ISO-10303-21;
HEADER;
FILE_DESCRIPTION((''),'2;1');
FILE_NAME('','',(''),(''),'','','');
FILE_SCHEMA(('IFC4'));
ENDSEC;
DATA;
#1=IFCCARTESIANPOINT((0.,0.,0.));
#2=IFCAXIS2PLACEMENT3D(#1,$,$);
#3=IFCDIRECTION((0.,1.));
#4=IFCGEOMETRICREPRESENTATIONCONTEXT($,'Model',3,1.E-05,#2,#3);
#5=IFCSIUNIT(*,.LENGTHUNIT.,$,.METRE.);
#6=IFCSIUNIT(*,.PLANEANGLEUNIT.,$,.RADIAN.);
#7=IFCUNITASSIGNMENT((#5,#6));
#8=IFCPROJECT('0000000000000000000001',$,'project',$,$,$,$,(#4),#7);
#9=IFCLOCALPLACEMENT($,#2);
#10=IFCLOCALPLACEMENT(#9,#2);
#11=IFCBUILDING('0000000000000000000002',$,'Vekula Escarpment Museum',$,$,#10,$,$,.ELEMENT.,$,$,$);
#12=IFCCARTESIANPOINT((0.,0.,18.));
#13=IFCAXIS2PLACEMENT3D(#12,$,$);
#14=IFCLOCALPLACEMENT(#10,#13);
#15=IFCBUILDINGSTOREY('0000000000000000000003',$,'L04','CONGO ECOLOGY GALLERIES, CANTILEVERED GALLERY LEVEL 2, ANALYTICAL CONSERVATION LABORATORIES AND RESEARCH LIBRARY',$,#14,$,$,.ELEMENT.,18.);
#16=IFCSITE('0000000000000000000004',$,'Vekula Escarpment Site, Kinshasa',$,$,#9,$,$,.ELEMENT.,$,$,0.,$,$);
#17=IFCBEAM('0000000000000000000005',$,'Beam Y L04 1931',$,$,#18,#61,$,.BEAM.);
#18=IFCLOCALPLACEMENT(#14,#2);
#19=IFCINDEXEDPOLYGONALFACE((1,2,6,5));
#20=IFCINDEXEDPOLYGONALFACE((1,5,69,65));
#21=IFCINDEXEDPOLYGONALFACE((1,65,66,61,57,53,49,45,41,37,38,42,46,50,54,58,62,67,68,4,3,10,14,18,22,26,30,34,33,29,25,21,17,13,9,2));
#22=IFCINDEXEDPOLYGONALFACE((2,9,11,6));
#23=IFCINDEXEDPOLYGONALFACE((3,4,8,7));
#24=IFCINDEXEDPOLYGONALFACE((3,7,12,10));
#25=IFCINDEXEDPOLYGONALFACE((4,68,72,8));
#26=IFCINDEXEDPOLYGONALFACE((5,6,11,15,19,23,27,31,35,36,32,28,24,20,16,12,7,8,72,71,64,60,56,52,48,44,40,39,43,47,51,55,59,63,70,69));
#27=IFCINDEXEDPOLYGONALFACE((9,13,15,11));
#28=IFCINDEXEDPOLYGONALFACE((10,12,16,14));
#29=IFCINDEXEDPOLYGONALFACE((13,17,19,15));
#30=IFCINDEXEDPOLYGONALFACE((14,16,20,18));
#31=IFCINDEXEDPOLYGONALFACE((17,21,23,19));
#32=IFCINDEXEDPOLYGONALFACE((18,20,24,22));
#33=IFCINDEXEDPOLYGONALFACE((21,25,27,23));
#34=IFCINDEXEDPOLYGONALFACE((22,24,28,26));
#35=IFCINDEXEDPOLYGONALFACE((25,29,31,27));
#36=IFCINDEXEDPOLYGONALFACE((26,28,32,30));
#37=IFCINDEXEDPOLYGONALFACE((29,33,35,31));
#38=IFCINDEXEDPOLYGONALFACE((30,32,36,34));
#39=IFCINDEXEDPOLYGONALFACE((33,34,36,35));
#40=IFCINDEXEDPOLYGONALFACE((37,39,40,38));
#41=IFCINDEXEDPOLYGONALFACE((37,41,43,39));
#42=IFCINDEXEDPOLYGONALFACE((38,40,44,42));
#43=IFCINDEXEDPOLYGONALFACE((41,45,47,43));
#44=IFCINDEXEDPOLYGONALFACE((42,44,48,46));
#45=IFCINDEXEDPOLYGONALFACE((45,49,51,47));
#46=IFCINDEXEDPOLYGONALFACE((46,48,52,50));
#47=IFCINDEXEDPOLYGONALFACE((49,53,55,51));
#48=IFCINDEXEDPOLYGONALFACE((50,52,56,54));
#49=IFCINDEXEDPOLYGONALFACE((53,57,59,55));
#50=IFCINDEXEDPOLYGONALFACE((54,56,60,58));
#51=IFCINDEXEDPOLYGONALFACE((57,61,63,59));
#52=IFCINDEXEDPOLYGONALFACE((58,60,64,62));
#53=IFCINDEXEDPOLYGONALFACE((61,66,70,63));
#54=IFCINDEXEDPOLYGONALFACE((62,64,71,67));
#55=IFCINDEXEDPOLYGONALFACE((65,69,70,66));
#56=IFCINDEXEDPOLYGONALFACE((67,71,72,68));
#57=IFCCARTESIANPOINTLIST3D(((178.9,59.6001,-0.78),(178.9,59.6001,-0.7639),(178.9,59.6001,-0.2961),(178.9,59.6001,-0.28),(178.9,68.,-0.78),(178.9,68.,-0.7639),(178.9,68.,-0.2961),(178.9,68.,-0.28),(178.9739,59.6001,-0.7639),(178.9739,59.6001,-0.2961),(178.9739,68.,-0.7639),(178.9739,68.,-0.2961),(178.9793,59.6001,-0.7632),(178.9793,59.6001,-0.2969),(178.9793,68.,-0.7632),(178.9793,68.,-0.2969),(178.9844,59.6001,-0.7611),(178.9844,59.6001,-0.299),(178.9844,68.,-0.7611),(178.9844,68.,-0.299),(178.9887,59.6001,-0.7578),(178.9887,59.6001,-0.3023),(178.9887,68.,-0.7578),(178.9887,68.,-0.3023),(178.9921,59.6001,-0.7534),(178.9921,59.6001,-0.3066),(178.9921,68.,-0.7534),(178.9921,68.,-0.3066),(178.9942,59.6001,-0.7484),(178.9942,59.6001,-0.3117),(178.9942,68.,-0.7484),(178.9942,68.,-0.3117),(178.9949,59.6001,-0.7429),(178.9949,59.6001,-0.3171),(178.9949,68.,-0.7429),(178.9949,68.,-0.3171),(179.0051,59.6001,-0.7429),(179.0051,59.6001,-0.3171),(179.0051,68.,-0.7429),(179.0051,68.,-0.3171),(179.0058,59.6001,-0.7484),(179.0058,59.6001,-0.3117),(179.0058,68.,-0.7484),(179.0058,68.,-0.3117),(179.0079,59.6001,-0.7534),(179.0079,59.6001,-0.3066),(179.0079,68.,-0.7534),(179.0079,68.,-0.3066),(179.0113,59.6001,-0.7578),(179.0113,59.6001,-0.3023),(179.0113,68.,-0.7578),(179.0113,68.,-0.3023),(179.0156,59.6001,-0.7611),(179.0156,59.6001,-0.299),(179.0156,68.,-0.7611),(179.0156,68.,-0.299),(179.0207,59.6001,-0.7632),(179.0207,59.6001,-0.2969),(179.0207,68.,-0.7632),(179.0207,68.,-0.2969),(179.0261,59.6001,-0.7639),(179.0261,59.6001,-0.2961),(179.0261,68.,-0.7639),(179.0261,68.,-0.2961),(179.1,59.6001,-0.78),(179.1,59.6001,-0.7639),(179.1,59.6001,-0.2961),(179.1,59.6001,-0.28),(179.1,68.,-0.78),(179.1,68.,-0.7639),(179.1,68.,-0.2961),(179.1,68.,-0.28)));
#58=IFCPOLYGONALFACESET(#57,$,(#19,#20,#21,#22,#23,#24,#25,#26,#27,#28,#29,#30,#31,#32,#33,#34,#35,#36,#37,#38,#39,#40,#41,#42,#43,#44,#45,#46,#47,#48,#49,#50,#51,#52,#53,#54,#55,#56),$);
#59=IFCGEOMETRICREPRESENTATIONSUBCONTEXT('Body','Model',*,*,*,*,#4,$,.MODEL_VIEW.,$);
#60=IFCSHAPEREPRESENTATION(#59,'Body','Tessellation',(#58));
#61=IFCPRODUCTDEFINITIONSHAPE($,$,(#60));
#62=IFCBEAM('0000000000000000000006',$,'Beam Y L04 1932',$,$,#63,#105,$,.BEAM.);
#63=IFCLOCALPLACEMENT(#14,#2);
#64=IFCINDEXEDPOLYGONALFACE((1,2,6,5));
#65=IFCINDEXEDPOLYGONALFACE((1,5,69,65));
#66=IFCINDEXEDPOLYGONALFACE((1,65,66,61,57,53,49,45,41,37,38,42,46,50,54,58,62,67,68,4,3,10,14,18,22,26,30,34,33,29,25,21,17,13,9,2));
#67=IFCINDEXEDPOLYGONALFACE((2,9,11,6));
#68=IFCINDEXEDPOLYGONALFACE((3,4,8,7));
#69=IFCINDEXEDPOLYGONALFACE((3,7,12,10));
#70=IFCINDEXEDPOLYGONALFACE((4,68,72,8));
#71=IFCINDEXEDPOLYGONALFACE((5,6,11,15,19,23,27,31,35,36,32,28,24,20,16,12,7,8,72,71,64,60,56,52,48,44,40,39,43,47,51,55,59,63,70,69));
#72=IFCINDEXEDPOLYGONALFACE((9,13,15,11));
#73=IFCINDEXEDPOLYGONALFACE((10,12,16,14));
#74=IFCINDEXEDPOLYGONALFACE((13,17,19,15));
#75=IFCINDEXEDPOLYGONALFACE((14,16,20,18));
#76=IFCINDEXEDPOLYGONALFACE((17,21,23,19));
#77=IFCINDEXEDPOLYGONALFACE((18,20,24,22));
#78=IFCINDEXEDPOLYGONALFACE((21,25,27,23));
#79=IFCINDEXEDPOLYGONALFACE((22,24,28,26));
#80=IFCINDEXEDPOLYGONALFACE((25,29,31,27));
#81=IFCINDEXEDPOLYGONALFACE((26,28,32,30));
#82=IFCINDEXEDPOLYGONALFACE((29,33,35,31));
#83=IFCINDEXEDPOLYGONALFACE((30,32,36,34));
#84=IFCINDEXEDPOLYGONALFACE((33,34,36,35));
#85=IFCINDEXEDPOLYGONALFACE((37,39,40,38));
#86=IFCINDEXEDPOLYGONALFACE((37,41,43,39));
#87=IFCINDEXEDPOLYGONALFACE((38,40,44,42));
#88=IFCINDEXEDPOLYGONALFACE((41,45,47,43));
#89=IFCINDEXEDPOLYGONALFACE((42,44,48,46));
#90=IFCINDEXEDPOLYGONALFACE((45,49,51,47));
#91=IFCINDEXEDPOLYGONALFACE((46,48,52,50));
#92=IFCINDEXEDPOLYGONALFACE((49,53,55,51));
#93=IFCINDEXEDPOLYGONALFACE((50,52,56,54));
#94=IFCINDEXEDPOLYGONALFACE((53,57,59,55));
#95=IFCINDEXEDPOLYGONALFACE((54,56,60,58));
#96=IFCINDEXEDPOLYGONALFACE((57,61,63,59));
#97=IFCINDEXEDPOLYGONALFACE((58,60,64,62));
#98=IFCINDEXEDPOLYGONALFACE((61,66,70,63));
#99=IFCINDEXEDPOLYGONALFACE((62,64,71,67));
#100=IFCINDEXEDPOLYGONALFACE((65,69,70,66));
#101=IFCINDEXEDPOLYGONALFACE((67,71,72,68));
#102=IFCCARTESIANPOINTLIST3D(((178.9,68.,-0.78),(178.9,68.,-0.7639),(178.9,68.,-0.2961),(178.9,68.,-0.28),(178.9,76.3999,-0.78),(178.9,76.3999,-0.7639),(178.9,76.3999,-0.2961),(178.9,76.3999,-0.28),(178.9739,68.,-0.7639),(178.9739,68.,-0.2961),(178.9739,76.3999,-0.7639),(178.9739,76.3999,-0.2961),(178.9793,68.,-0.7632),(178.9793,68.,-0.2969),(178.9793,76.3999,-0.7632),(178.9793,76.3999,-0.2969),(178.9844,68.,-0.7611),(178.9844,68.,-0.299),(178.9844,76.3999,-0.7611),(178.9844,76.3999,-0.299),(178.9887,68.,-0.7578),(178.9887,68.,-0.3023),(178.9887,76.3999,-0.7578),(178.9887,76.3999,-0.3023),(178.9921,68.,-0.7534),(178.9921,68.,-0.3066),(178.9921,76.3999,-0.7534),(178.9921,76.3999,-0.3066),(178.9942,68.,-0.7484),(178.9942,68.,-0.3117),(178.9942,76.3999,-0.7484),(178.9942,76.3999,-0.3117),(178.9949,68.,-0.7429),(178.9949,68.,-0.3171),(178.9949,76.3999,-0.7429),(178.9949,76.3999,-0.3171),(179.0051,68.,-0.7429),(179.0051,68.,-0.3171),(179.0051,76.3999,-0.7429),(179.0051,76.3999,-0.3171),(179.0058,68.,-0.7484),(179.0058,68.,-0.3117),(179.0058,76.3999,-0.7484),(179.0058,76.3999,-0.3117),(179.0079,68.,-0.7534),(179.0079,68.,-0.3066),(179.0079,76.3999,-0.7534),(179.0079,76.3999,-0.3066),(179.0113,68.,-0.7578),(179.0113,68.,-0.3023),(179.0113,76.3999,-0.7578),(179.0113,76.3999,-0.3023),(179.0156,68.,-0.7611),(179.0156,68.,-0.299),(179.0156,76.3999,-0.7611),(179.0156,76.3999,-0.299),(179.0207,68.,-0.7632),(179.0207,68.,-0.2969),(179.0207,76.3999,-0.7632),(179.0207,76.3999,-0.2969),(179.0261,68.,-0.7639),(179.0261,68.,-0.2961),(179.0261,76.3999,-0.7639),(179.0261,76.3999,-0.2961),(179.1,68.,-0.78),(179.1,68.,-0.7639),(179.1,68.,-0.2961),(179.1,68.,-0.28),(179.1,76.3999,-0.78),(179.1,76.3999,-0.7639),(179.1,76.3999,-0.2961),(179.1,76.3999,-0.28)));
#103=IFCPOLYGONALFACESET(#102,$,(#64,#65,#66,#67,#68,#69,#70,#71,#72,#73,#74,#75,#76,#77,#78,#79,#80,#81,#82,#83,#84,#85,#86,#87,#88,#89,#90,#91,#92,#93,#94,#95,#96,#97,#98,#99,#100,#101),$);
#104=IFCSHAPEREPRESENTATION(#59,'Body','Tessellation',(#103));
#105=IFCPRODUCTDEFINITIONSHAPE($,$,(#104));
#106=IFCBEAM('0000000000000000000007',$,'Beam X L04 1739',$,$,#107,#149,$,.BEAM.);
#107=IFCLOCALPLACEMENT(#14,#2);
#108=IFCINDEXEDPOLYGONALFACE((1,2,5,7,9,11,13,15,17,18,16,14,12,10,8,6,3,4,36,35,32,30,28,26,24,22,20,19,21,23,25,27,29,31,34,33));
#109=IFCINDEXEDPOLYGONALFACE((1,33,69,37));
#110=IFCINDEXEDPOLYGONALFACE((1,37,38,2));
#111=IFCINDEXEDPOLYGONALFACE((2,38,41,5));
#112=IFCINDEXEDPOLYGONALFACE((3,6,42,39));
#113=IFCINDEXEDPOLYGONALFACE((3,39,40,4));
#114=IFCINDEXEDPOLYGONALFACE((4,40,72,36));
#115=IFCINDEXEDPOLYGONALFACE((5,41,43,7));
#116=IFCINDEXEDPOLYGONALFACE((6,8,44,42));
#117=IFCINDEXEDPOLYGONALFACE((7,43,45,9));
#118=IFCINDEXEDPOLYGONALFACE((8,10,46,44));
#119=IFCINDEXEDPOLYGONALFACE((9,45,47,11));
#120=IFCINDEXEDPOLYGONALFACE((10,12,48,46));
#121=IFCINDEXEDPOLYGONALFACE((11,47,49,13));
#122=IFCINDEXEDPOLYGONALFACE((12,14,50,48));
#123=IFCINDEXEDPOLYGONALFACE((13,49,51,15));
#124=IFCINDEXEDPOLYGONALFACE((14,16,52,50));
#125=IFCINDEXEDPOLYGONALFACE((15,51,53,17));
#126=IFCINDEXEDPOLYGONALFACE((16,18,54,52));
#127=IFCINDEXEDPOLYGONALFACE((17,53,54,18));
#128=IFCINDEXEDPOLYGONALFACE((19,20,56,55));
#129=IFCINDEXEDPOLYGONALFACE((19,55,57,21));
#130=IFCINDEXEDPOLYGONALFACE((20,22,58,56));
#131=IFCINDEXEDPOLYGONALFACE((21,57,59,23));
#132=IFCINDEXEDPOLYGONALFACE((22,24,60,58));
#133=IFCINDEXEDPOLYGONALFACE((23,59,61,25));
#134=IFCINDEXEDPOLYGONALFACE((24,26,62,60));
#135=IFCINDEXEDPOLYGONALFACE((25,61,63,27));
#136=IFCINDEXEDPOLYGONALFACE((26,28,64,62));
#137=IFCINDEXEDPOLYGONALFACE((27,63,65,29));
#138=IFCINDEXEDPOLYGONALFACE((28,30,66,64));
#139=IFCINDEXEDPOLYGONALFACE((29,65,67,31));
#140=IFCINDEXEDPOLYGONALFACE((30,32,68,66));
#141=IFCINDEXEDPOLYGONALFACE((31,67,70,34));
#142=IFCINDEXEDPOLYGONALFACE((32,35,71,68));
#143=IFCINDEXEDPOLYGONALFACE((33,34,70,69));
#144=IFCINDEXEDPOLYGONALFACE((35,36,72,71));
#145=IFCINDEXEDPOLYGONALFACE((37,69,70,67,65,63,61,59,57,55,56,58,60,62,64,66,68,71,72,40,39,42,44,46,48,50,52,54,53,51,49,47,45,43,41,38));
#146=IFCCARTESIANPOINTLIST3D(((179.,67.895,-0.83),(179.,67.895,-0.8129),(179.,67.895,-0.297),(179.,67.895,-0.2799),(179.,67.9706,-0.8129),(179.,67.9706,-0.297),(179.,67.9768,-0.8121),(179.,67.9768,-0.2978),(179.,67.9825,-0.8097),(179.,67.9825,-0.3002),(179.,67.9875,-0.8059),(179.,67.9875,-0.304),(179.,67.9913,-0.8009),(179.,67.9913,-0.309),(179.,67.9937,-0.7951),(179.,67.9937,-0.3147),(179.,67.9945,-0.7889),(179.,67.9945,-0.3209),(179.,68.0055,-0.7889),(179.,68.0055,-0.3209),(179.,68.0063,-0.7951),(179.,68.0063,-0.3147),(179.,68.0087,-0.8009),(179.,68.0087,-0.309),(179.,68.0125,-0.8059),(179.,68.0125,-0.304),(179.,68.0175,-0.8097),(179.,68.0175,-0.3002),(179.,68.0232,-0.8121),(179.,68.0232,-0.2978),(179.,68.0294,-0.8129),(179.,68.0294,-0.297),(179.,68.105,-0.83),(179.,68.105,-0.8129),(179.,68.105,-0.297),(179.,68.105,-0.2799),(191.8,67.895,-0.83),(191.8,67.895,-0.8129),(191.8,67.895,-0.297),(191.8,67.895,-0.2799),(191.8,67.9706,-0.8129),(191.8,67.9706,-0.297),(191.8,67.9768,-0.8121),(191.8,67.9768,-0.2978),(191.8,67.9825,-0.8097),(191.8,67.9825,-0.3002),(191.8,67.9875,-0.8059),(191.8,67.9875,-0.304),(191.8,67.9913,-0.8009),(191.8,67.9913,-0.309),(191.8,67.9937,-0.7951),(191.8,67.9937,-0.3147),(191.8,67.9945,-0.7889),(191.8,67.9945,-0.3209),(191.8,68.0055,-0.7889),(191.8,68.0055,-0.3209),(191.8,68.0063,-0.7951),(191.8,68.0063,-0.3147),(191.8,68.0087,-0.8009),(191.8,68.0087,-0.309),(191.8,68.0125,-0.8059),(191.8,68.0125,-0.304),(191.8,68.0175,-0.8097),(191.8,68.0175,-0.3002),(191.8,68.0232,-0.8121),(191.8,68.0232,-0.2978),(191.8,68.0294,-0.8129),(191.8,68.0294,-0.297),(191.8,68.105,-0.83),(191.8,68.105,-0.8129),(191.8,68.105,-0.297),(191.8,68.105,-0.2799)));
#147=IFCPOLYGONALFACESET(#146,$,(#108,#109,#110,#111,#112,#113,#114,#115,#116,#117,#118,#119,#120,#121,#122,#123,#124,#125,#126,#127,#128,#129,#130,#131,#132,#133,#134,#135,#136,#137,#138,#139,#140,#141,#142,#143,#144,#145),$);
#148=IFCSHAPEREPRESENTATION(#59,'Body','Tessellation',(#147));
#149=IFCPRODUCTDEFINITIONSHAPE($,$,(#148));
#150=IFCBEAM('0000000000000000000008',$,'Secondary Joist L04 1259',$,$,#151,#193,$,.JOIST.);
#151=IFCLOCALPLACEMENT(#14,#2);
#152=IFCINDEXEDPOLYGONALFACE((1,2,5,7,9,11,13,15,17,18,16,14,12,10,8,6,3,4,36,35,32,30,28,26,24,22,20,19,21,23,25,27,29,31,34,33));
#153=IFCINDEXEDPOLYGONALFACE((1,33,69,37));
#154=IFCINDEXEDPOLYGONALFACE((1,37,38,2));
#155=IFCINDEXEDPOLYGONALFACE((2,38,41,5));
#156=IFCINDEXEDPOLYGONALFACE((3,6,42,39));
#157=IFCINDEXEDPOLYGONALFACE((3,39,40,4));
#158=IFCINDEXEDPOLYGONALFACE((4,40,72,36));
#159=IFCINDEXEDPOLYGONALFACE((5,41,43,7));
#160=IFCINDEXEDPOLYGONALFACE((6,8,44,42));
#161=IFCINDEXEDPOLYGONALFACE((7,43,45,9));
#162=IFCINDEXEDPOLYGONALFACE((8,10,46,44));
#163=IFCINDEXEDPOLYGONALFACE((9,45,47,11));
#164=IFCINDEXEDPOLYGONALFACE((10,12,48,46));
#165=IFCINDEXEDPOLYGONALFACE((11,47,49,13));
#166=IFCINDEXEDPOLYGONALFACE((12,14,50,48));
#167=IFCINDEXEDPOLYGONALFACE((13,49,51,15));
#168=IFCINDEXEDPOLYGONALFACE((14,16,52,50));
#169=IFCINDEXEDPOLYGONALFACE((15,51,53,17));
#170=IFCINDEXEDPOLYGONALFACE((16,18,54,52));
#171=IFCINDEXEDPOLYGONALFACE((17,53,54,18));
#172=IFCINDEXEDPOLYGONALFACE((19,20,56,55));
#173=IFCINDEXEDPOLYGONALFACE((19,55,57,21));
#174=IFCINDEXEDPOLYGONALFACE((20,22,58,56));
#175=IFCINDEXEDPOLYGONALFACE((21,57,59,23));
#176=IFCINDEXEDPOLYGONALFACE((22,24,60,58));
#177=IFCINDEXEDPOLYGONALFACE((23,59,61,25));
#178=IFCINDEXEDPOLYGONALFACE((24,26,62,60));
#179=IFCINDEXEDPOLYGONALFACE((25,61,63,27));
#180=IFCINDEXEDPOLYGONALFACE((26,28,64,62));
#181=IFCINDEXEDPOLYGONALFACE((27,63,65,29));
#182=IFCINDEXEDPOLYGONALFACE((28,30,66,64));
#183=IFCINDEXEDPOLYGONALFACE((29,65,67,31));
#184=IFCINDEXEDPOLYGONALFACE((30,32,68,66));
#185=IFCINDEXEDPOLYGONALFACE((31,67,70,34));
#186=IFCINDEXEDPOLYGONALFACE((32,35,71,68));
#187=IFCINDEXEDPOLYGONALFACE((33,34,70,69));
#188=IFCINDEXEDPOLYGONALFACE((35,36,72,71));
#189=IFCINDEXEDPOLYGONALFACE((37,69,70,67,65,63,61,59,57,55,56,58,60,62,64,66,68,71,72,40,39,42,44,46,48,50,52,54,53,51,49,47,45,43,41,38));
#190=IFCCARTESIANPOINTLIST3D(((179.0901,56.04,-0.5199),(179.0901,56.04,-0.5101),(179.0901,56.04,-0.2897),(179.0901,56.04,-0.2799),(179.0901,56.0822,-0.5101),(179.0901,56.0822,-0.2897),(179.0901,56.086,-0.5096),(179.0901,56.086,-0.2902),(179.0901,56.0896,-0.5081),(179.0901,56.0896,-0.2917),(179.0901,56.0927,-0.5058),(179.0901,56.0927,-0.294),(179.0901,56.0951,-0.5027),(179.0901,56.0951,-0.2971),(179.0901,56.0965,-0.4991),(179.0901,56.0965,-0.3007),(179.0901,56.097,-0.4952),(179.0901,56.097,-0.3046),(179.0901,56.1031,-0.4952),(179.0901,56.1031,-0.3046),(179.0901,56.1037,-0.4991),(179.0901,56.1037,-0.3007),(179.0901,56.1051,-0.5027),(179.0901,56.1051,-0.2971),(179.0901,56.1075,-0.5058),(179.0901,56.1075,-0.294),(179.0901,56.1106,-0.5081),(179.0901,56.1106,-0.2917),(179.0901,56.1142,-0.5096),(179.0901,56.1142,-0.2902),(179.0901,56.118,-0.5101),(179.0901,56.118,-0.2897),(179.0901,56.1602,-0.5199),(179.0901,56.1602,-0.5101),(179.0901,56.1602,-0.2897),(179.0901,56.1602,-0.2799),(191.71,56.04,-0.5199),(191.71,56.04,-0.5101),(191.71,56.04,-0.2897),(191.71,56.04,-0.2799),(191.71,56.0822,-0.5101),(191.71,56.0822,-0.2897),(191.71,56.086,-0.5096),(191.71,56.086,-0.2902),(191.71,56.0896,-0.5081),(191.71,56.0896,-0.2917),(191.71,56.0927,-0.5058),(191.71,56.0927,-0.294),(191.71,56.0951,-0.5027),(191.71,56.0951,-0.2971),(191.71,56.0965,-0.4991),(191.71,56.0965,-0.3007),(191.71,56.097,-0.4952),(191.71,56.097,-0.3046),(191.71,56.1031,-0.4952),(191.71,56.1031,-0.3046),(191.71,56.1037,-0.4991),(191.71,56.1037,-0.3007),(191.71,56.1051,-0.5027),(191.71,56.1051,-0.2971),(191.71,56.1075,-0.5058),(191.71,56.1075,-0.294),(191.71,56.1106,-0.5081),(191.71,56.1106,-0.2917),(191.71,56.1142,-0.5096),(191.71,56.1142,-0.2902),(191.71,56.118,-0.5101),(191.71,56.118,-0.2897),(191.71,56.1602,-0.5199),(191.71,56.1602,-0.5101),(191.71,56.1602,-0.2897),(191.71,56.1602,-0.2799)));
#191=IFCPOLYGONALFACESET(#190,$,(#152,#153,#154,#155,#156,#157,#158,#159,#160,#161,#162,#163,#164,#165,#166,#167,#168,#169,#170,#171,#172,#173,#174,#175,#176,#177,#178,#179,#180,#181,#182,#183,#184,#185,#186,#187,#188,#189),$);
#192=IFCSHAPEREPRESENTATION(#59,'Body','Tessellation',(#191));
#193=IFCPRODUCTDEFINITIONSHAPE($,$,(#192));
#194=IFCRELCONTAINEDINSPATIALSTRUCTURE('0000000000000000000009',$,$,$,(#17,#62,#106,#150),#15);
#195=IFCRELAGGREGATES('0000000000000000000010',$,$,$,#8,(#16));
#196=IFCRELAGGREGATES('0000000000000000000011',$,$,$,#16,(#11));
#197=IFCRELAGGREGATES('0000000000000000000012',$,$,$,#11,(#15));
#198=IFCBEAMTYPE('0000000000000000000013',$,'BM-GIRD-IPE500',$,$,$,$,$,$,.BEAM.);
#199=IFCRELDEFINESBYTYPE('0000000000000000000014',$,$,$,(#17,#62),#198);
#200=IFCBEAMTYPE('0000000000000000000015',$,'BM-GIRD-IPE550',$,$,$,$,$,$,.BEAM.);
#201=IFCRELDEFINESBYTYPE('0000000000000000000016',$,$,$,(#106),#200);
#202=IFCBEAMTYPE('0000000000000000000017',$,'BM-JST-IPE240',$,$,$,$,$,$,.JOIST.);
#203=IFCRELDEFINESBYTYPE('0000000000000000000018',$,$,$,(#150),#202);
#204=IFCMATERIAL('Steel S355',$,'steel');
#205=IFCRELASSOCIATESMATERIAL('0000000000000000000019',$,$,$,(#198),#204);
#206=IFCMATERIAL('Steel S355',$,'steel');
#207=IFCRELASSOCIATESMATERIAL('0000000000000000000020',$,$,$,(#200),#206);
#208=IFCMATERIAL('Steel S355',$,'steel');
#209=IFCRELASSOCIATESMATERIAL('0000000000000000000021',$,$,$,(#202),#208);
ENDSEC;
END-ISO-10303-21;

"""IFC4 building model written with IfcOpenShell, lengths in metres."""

from ifc_helpers import new_model, si_unit, direction, frame, origin, origin_2d, place, context, subcontext, project, spatial, i_section, extrude, material, material_profile, profile_set, type_object, element, save


model = new_model("IFC4")

# Units and contexts
model_context = context("Model", 3, precision=1e-05, world=origin(), true_north=direction((0.0, 1.0)))
body_context = subcontext(model_context, "Body", "Model", "MODEL_VIEW")
ifc_project = project(units=[si_unit("LENGTHUNIT", "METRE"), si_unit("PLANEANGLEUNIT", "RADIAN")], contexts=[model_context])

# Site, building, storey
site_placement = place(None, origin())
site = spatial("IfcSite", under=ifc_project, at=site_placement, Name="Vekula Escarpment Site, Kinshasa", CompositionType="ELEMENT", RefElevation=0.0)
building_placement = place(site_placement, origin())
building = spatial("IfcBuilding", under=site, at=building_placement, Name="Vekula Escarpment Museum", CompositionType="ELEMENT")
storey_placement = place(building_placement, frame((0.0, 0.0, 18.0)))
storey = spatial("IfcBuildingStorey", under=building, at=storey_placement, Name="L04", Description="CONGO ECOLOGY GALLERIES, CANTILEVERED GALLERY LEVEL 2, ANALYTICAL CONSERVATION LABORATORIES AND RESEARCH LIBRARY", CompositionType="ELEMENT", Elevation=18.0)

# Beams
ifc_material_1 = material(Name="Steel S355", Category="steel")
ifc_material_profile_1 = material_profile(ifc_material_1, i_section(OverallWidth=0.2, OverallDepth=0.5, WebThickness=0.0103, FlangeThickness=0.0161, FilletRadius=0.021, at=origin_2d()), Name="IPE 500")
ifc_profile_set_1 = profile_set([ifc_material_profile_1], Name="Steel S355")
beam_type_1 = type_object("IfcBeamType", Name="BM-GIRD-IPE500", PredefinedType="BEAM", material=ifc_profile_set_1)
for number, where, z_axis, x_axis, name in (
    (1, (179.0, 59.6001, -0.53), (0.0, 1.0, 0.0), (-1.0, 0.0, 0.0), "Beam Y L04 1931"),
    (2, (179.0, 68.0, -0.53), (0.0, 1.0, 0.0), (-1.0, 0.0, 0.0), "Beam Y L04 1932"),
):
    element("IfcBeam", number, at=place(storey_placement, frame(where, z_axis=z_axis, x_axis=x_axis)), inside=storey, type_object=beam_type_1, Name=name, PredefinedType="BEAM", context=body_context, shape_type="SweptSolid", body=[
        extrude(i_section(OverallWidth=0.2, OverallDepth=0.5, WebThickness=0.0103, FlangeThickness=0.0161, FilletRadius=0.021, at=origin_2d()), origin(), (0.0, 0.0, 1.0), 8.3999),
    ])
ifc_material_2 = material(Name="Steel S355", Category="steel")
ifc_material_profile_2 = material_profile(ifc_material_2, i_section(OverallWidth=0.21, OverallDepth=0.55, WebThickness=0.011, FlangeThickness=0.0171, FilletRadius=0.0239, at=origin_2d()), Name="IPE 550")
ifc_profile_set_2 = profile_set([ifc_material_profile_2], Name="Steel S355")
beam_type_2 = type_object("IfcBeamType", Name="BM-GIRD-IPE550", PredefinedType="BEAM", material=ifc_profile_set_2)
beam_1_placement = place(storey_placement, frame((179.0, 68.0, -0.5549), z_axis=(1.0, 0.0, 0.0), x_axis=(0.0, 1.0, 0.0)))
element("IfcBeam", 3, at=beam_1_placement, inside=storey, type_object=beam_type_2, Name="Beam X L04 1739", PredefinedType="BEAM", context=body_context, shape_type="SweptSolid", body=[
    extrude(i_section(OverallWidth=0.21, OverallDepth=0.55, WebThickness=0.011, FlangeThickness=0.0171, FilletRadius=0.0239, at=origin_2d()), origin(), (0.0, 0.0, 1.0), 12.8),
])
ifc_material_3 = material(Name="Steel S355", Category="steel")
ifc_material_profile_3 = material_profile(ifc_material_3, i_section(OverallWidth=0.1201, OverallDepth=0.24, WebThickness=0.0061, FlangeThickness=0.0098, FilletRadius=0.0149, at=origin_2d()), Name="IPE 240")
ifc_profile_set_3 = profile_set([ifc_material_profile_3], Name="Steel S355")
beam_type_3 = type_object("IfcBeamType", Name="BM-JST-IPE240", PredefinedType="JOIST", material=ifc_profile_set_3)
beam_2_placement = place(storey_placement, frame((179.0901, 56.1001, -0.3999), z_axis=(1.0, 0.0, 0.0), x_axis=(0.0, 1.0, 0.0)))
element("IfcBeam", 4, at=beam_2_placement, inside=storey, type_object=beam_type_3, Name="Secondary Joist L04 1259", PredefinedType="JOIST", context=body_context, shape_type="SweptSolid", body=[
    extrude(i_section(OverallWidth=0.1201, OverallDepth=0.24, WebThickness=0.0061, FlangeThickness=0.0098, FilletRadius=0.0149, at=origin_2d()), origin(), (0.0, 0.0, 1.0), 12.6199),
])

save(model, "model.ifc")
